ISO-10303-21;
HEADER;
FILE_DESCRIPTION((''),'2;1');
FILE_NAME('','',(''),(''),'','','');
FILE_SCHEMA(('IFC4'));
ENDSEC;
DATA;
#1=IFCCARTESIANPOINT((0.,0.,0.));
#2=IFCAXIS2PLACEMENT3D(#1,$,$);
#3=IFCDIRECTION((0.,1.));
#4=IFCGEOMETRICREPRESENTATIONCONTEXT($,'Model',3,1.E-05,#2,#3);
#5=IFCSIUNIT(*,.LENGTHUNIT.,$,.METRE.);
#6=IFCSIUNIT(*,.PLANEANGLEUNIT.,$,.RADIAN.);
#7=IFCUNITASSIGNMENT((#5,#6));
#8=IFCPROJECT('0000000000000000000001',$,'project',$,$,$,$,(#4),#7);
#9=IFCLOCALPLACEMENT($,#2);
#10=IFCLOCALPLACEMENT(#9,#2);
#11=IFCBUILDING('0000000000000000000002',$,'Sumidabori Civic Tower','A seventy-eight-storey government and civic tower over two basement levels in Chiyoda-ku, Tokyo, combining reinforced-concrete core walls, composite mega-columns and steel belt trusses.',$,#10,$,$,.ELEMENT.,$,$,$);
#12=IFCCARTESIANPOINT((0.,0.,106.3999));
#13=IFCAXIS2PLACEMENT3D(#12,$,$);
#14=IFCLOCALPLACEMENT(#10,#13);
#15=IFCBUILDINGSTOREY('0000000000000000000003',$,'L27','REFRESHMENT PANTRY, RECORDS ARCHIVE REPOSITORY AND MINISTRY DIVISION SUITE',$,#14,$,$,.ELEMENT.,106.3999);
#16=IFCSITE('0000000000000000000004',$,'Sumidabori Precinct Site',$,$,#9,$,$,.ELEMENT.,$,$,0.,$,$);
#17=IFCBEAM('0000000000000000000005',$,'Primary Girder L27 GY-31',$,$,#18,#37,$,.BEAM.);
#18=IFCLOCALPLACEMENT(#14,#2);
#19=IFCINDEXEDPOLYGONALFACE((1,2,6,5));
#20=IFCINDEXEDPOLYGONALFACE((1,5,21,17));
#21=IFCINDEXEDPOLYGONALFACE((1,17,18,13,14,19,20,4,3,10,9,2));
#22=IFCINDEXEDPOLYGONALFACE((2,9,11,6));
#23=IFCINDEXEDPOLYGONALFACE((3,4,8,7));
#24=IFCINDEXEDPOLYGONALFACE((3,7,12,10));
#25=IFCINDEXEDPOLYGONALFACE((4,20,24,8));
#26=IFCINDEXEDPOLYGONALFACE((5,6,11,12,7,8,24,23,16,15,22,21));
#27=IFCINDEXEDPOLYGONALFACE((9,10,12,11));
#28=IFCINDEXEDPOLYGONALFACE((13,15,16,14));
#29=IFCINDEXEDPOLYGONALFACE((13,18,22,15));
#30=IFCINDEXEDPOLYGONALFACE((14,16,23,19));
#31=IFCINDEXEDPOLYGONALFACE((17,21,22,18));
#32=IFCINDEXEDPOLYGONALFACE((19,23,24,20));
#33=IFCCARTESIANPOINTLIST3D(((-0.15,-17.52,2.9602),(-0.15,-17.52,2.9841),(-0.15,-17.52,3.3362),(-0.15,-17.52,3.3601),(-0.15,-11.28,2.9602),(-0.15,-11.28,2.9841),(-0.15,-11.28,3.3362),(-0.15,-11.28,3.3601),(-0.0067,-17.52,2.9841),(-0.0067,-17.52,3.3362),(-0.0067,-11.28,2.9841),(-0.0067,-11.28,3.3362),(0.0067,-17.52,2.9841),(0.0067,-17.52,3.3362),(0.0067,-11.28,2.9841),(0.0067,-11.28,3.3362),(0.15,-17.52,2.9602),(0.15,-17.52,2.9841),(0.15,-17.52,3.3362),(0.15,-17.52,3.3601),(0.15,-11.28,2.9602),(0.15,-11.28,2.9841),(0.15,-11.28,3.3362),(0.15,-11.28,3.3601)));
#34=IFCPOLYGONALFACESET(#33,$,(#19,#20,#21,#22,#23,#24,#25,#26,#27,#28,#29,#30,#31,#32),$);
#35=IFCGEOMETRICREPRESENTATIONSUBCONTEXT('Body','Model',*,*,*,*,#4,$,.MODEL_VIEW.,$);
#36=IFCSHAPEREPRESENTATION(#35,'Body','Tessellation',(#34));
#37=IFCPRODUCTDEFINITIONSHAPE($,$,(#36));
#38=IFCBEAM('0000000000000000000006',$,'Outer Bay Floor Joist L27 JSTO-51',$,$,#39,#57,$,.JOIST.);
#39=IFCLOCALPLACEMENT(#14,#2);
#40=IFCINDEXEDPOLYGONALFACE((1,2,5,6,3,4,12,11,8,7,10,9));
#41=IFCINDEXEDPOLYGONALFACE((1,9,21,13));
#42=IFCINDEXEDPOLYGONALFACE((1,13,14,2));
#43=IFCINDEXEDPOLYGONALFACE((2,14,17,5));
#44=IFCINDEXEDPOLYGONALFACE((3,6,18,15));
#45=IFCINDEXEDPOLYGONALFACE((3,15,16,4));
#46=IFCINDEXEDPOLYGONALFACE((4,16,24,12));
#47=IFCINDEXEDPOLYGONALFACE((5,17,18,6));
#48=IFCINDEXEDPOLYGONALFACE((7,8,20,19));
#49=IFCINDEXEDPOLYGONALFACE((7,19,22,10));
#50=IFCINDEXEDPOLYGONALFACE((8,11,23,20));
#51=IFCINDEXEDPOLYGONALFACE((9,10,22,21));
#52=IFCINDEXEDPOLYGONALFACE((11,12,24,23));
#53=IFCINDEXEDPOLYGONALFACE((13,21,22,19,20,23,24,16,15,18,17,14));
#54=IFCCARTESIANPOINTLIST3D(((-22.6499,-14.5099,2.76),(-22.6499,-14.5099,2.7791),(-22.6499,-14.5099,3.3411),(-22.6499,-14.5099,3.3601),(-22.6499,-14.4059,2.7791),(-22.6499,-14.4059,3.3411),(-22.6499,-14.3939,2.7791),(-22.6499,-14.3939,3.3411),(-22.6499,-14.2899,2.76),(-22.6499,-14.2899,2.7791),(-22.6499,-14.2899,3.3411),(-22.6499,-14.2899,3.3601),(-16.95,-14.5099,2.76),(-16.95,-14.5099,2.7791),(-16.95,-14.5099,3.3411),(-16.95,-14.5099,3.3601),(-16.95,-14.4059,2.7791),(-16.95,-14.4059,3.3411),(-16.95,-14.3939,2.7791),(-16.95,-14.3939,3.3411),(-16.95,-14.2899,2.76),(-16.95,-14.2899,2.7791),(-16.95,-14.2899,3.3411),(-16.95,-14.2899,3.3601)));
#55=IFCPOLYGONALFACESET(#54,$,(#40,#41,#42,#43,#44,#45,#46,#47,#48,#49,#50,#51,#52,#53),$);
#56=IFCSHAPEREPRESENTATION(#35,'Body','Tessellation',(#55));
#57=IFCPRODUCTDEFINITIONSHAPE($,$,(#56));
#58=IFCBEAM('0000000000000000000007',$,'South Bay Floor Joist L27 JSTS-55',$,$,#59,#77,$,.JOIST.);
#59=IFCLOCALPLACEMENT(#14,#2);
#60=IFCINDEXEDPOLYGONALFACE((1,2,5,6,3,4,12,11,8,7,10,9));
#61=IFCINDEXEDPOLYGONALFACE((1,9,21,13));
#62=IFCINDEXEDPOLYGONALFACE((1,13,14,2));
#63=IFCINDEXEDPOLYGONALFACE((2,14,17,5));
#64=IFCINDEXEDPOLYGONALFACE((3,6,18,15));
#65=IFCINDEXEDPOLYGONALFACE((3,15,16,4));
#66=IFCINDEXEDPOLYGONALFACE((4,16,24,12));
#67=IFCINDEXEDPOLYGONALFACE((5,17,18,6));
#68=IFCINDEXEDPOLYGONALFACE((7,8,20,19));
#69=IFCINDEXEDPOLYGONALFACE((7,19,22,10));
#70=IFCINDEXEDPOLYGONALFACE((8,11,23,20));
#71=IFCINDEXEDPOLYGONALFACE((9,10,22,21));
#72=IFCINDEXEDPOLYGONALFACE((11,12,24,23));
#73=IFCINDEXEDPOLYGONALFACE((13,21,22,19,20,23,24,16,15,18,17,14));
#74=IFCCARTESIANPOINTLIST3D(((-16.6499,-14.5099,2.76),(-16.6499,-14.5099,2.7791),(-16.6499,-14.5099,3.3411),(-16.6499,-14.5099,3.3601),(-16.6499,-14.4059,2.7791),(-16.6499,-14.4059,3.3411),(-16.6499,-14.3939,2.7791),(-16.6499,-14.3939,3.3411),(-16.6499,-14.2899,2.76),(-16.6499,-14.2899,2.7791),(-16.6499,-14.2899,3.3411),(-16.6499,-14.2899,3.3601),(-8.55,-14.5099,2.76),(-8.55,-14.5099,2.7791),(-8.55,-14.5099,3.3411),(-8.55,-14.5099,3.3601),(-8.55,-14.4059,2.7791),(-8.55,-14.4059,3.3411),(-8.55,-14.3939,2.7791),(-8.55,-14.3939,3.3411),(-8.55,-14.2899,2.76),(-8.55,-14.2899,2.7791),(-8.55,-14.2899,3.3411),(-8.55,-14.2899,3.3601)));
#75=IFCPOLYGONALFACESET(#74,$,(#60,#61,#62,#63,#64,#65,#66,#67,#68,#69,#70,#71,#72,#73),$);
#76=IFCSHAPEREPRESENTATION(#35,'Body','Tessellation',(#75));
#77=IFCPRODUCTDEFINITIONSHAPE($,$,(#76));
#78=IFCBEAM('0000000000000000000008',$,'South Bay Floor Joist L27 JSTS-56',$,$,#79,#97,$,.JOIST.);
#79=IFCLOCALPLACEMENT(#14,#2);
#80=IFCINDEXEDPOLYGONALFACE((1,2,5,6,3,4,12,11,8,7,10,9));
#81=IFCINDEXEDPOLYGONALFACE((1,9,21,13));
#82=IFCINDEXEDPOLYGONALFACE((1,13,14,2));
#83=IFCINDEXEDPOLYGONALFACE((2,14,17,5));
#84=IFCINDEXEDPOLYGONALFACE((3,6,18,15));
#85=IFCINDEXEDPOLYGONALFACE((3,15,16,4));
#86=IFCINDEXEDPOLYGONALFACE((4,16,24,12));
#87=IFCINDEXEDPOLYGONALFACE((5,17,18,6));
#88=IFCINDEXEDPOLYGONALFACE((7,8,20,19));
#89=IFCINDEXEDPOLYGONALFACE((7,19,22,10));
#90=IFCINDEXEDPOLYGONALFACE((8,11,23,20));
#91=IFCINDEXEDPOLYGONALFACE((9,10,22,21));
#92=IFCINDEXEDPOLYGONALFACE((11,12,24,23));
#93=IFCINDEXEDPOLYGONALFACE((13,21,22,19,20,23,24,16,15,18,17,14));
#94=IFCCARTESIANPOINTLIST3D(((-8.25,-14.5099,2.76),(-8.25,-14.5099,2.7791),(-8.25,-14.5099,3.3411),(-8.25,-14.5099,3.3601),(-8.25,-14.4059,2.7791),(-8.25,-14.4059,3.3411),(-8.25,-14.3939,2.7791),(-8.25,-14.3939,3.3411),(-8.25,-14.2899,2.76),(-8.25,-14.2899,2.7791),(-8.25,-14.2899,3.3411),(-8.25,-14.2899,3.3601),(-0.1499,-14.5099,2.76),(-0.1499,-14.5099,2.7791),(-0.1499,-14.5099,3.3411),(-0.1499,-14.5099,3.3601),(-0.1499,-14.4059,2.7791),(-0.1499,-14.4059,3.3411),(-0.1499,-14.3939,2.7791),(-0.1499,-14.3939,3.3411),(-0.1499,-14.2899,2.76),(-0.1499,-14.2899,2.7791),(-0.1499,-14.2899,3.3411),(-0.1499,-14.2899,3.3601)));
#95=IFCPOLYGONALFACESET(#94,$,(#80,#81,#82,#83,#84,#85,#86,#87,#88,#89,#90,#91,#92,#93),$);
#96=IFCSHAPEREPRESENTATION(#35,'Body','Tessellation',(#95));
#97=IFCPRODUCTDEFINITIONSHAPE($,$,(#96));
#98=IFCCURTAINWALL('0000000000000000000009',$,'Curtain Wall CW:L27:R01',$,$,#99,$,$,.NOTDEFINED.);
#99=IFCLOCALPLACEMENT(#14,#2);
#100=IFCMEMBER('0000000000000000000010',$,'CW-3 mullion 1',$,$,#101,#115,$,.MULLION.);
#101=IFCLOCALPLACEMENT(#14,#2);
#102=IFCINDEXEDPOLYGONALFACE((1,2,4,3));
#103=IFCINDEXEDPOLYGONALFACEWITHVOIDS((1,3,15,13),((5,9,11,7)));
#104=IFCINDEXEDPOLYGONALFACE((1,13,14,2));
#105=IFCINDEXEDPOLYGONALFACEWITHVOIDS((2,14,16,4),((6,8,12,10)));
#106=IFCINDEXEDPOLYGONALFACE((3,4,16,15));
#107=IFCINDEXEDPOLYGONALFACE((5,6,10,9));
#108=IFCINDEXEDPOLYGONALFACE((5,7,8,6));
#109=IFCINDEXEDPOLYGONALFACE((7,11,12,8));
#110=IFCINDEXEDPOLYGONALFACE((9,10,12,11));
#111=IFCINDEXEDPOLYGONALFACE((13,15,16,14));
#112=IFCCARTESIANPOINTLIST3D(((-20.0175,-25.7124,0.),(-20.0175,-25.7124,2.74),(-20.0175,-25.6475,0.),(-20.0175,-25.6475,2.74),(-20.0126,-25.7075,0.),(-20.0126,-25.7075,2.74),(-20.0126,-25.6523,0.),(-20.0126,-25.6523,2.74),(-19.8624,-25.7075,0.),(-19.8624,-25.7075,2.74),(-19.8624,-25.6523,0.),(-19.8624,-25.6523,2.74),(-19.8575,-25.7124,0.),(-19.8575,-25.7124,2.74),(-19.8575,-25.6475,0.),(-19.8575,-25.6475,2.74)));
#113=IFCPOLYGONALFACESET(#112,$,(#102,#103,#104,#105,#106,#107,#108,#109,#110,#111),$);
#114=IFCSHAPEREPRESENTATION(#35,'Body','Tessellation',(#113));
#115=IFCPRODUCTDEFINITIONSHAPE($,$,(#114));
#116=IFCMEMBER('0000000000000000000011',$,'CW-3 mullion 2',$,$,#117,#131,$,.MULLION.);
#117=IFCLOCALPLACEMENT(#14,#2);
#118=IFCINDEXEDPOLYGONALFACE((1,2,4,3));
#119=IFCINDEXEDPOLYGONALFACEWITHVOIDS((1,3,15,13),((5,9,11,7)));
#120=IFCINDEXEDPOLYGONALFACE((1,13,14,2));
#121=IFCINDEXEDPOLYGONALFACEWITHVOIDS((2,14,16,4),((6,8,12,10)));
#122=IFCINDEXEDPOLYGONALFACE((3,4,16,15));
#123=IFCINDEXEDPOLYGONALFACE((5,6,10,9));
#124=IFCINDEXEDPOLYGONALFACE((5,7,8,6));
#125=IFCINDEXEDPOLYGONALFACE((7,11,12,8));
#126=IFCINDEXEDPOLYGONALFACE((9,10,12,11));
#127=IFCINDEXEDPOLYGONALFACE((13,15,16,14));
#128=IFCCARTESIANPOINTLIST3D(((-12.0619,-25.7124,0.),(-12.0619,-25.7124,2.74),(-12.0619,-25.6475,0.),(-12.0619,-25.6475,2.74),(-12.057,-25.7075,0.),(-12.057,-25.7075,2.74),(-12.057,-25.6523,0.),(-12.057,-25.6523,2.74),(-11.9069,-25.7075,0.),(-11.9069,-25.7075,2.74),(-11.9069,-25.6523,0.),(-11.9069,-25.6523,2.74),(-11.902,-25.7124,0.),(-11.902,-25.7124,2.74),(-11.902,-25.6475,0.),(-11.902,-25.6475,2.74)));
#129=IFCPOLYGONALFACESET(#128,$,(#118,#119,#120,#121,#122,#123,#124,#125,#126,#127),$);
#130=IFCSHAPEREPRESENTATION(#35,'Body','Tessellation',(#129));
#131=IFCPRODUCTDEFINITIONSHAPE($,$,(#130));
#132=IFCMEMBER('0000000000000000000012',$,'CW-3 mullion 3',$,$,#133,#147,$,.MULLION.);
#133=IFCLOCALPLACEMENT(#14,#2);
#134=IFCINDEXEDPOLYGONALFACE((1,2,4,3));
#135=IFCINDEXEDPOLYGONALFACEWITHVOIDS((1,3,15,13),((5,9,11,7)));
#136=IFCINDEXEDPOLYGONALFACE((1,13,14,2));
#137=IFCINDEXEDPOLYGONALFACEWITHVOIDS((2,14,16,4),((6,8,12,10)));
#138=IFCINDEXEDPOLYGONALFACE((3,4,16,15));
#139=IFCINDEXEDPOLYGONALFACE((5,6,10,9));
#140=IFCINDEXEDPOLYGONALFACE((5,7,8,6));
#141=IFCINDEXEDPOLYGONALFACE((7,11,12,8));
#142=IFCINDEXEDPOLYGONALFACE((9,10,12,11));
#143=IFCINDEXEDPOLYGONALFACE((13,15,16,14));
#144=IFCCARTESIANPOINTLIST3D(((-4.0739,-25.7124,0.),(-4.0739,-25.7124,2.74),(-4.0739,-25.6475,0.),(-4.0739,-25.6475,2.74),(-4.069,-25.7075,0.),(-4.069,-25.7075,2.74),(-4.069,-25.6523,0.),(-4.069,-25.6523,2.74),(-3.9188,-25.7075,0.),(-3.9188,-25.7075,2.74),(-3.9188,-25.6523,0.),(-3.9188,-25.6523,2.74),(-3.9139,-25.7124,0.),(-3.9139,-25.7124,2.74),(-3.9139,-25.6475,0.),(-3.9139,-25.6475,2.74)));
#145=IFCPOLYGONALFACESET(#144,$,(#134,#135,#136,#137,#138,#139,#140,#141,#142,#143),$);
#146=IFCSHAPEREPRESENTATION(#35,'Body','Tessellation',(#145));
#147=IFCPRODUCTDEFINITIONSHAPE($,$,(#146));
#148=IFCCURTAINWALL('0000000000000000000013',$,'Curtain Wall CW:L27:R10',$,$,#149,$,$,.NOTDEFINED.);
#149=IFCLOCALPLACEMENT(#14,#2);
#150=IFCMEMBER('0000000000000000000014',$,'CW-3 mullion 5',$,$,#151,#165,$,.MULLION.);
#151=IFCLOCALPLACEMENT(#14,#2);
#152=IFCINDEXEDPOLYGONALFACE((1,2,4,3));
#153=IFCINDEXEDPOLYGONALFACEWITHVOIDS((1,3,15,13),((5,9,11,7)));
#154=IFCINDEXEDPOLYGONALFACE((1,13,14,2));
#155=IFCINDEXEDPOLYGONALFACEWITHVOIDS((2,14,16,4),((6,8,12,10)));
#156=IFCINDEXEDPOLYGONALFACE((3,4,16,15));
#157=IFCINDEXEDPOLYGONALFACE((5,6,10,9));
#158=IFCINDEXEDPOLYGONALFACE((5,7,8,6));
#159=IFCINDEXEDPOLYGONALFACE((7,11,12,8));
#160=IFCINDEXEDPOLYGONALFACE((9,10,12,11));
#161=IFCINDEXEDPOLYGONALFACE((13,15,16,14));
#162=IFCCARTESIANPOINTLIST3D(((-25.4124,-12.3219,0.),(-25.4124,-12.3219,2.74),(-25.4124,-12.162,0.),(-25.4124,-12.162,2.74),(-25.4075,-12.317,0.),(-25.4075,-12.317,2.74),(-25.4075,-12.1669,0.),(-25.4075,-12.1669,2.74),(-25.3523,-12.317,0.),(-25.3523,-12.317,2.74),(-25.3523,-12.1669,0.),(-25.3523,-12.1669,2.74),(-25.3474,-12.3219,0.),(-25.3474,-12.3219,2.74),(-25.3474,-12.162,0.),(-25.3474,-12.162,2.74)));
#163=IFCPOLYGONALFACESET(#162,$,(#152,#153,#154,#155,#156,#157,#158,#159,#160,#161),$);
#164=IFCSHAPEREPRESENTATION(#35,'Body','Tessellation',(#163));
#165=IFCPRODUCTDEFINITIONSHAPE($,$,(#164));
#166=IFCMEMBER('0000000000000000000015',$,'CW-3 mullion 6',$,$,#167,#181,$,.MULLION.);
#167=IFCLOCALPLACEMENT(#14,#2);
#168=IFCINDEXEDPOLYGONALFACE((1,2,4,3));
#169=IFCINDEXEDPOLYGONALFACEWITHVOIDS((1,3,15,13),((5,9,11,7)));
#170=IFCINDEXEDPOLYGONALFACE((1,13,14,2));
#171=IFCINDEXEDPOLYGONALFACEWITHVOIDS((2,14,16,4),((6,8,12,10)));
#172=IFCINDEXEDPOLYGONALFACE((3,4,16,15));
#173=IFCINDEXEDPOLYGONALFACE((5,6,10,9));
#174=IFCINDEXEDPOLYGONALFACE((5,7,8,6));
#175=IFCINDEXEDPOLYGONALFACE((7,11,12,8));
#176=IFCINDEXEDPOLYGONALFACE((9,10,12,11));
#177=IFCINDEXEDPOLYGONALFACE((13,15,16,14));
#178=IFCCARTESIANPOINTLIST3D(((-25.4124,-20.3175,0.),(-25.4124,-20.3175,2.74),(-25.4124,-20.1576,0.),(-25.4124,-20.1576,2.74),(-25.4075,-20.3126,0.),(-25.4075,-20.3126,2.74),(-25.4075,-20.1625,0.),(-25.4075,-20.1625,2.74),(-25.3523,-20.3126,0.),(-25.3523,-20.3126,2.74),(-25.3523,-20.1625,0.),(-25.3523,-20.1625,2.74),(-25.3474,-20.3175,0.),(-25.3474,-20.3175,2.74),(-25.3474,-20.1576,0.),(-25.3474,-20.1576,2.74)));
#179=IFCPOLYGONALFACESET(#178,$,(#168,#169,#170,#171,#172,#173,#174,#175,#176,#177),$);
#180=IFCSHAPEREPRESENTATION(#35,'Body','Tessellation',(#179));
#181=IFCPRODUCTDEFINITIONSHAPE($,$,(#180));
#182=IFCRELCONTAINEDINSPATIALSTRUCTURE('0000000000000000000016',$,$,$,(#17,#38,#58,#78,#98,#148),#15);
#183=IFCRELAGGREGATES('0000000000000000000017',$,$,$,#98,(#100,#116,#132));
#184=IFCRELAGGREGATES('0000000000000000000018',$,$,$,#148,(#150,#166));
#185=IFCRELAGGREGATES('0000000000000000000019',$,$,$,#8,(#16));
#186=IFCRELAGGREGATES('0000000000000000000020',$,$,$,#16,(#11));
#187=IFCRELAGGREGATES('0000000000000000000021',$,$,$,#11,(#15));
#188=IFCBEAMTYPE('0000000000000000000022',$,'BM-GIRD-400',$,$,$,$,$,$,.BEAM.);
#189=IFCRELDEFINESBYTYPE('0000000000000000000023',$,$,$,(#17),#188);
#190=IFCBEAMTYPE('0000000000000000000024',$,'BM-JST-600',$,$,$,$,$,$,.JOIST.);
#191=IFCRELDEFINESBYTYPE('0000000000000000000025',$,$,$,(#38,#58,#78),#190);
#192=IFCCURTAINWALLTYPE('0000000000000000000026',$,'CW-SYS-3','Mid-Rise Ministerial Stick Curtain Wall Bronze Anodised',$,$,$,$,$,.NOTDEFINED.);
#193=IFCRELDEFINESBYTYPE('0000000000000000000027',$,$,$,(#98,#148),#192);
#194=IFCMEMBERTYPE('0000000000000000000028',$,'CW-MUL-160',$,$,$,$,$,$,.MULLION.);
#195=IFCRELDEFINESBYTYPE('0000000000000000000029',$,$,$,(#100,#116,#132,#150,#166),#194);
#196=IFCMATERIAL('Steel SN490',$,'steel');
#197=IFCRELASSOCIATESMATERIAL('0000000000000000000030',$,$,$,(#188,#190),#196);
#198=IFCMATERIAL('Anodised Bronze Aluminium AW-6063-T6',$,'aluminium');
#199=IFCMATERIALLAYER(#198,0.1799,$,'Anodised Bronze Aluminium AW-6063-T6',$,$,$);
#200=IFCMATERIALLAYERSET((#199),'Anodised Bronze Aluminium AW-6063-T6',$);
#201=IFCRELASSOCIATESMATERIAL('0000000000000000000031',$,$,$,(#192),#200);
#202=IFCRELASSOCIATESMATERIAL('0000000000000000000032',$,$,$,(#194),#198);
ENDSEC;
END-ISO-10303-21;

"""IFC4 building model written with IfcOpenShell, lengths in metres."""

from ifc_helpers import new_model, si_unit, direction, frame, origin, origin_2d, place, context, subcontext, project, spatial, hollow_rectangle, i_section, extrude, source, transform, mapped, material, layer, layer_set, material_profile, profile_set, type_object, element, aggregate, save


model = new_model("IFC4")

# Units and contexts
model_context = context("Model", 3, precision=1e-05, world=origin(), true_north=direction((0.0, 1.0)))
body_context = subcontext(model_context, "Body", "Model", "MODEL_VIEW")
ifc_project = project(units=[si_unit("LENGTHUNIT", "METRE"), si_unit("PLANEANGLEUNIT", "RADIAN")], contexts=[model_context])

# Site, building, storey
site_placement = place(None, origin())
site = spatial("IfcSite", under=ifc_project, at=site_placement, Name="Sumidabori Precinct Site", CompositionType="ELEMENT", RefElevation=0.0)
building_placement = place(site_placement, origin())
building = spatial("IfcBuilding", under=site, at=building_placement, Name="Sumidabori Civic Tower", Description="A seventy-eight-storey government and civic tower over two basement levels in Chiyoda-ku, Tokyo, combining reinforced-concrete core walls, composite mega-columns and steel belt trusses.", CompositionType="ELEMENT")
storey_placement = place(building_placement, frame((0.0, 0.0, 106.3999)))
storey = spatial("IfcBuildingStorey", under=building, at=storey_placement, Name="L27", Description="REFRESHMENT PANTRY, RECORDS ARCHIVE REPOSITORY AND MINISTRY DIVISION SUITE", CompositionType="ELEMENT", Elevation=106.3999)

# Beams
ifc_material_1 = material(Name="Steel SN490", Category="steel")
ifc_material_profile_1 = material_profile(ifc_material_1, i_section(OverallWidth=0.3, OverallDepth=0.3999, WebThickness=0.0134, FlangeThickness=0.0239, at=origin_2d()), Name="HE 400 B")
ifc_profile_set_1 = profile_set([ifc_material_profile_1], Name="Steel SN490")
beam_type_1 = type_object("IfcBeamType", Name="BM-GIRD-400", PredefinedType="BEAM", material=ifc_profile_set_1)
shared_shape_1 = source(origin(), body_context, "Body", "SweptSolid", [
    extrude(i_section(OverallWidth=0.3, OverallDepth=0.3999, WebThickness=0.0134, FlangeThickness=0.0239, at=origin_2d()), origin(), (0.0, 0.0, 1.0), 6.24),
])
for number, where, z_axis, x_axis, name in (
    (1, (0.0, -17.52, 3.1602), (0.0, 1.0, 0.0), (-1.0, 0.0, 0.0), "Primary Girder L27 GY-31"),
):
    element("IfcBeam", number, at=place(storey_placement, frame(where, z_axis=z_axis, x_axis=x_axis)), inside=storey, type_object=beam_type_1, Name=name, PredefinedType="BEAM", context=body_context, shape_type="MappedRepresentation", body=[
        mapped(shared_shape_1, transform((0.0, 0.0, 0.0), x_axis=(1.0, 0.0, 0.0), y_axis=(0.0, 1.0, 0.0), z_axis=(0.0, 0.0, 1.0), scale=1.0)),
    ])
ifc_material_profile_2 = material_profile(ifc_material_1, i_section(OverallWidth=0.22, OverallDepth=0.6001, WebThickness=0.012, FlangeThickness=0.019, at=origin_2d()), Name="IPE 600")
ifc_profile_set_2 = profile_set([ifc_material_profile_2], Name="Steel SN490")
beam_type_2 = type_object("IfcBeamType", Name="BM-JST-600", PredefinedType="JOIST", material=ifc_profile_set_2)
shared_shape_2 = source(origin(), body_context, "Body", "SweptSolid", [
    extrude(i_section(OverallWidth=0.22, OverallDepth=0.6001, WebThickness=0.012, FlangeThickness=0.019, at=origin_2d()), origin(), (0.0, 0.0, 1.0), 5.7),
])
beam_1_placement = place(storey_placement, frame((-22.6499, -14.3999, 3.0601), z_axis=(1.0, 0.0, 0.0), x_axis=(0.0, 1.0, 0.0)))
element("IfcBeam", 2, at=beam_1_placement, inside=storey, type_object=beam_type_2, Name="Outer Bay Floor Joist L27 JSTO-51", PredefinedType="JOIST", context=body_context, shape_type="MappedRepresentation", body=[
    mapped(shared_shape_2, transform((0.0, 0.0, 0.0), x_axis=(1.0, 0.0, 0.0), y_axis=(0.0, 1.0, 0.0), z_axis=(0.0, 0.0, 1.0), scale=1.0)),
])
shared_shape_3 = source(origin(), body_context, "Body", "SweptSolid", [
    extrude(i_section(OverallWidth=0.22, OverallDepth=0.6001, WebThickness=0.012, FlangeThickness=0.019, at=origin_2d()), origin(), (0.0, 0.0, 1.0), 8.0999),
])
beam_2_placement = place(storey_placement, frame((-16.6499, -14.3999, 3.0601), z_axis=(1.0, 0.0, 0.0), x_axis=(0.0, 1.0, 0.0)))
element("IfcBeam", 3, at=beam_2_placement, inside=storey, type_object=beam_type_2, Name="South Bay Floor Joist L27 JSTS-55", PredefinedType="JOIST", context=body_context, shape_type="MappedRepresentation", body=[
    mapped(shared_shape_3, transform((0.0, 0.0, 0.0), x_axis=(1.0, 0.0, 0.0), y_axis=(0.0, 1.0, 0.0), z_axis=(0.0, 0.0, 1.0), scale=1.0)),
])
shared_shape_4 = source(origin(), body_context, "Body", "SweptSolid", [
    extrude(i_section(OverallWidth=0.22, OverallDepth=0.6001, WebThickness=0.012, FlangeThickness=0.019, at=origin_2d()), origin(), (0.0, 0.0, 1.0), 8.1001),
])
beam_3_placement = place(storey_placement, frame((-8.25, -14.3999, 3.0601), z_axis=(1.0, 0.0, 0.0), x_axis=(0.0, 1.0, 0.0)))
element("IfcBeam", 4, at=beam_3_placement, inside=storey, type_object=beam_type_2, Name="South Bay Floor Joist L27 JSTS-56", PredefinedType="JOIST", context=body_context, shape_type="MappedRepresentation", body=[
    mapped(shared_shape_4, transform((0.0, 0.0, 0.0), x_axis=(1.0, 0.0, 0.0), y_axis=(0.0, 1.0, 0.0), z_axis=(0.0, 0.0, 1.0), scale=1.0)),
])

# Curtain walls, members
ifc_material_2 = material(Name="Anodised Bronze Aluminium AW-6063-T6", Category="aluminium")
ifc_layer_1 = layer(ifc_material_2, 0.1799, Name="Anodised Bronze Aluminium AW-6063-T6")
ifc_layer_set_1 = layer_set([ifc_layer_1], Name="Anodised Bronze Aluminium AW-6063-T6")
curtain_wall_type = type_object("IfcCurtainWallType", Name="CW-SYS-3", Description="Mid-Rise Ministerial Stick Curtain Wall Bronze Anodised", PredefinedType="NOTDEFINED", material=ifc_layer_set_1)
curtain_wall_1_placement = place(storey_placement, origin())
curtain_wall_1 = element("IfcCurtainWall", 5, at=curtain_wall_1_placement, inside=storey, type_object=curtain_wall_type, Name="Curtain Wall CW:L27:R01", PredefinedType="NOTDEFINED")
ifc_material_profile_3 = material_profile(ifc_material_2, hollow_rectangle(XDim=0.0649, YDim=0.1599, WallThickness=0.0049, at=origin_2d()), Name="ALU MULLION 160x65")
ifc_profile_set_3 = profile_set([ifc_material_profile_3], Name="Anodised Bronze Aluminium AW-6063-T6")
member_type_1 = type_object("IfcMemberType", Name="CW-MUL-160", PredefinedType="MULLION", material=ifc_profile_set_3)
shared_shape_5 = source(origin(), body_context, "Body", "SweptSolid", [
    extrude(hollow_rectangle(XDim=0.0649, YDim=0.1599, WallThickness=0.0049, at=origin_2d()), origin(), (0.0, 0.0, 1.0), 2.74),
])
member_1_placement = place(storey_placement, frame((-19.9375, -25.6799, 0.0), z_axis=(0.0, 0.0, 1.0), x_axis=(0.0, 1.0, 0.0)))
member_1 = element("IfcMember", 6, at=member_1_placement, type_object=member_type_1, Name="CW-3 mullion 1", PredefinedType="MULLION", context=body_context, shape_type="MappedRepresentation", body=[
    mapped(shared_shape_5, transform((0.0, 0.0, 0.0), x_axis=(1.0, 0.0, 0.0), y_axis=(0.0, 1.0, 0.0), z_axis=(0.0, 0.0, 1.0), scale=1.0)),
])
member_2_placement = place(storey_placement, frame((-11.9819, -25.6799, 0.0), z_axis=(0.0, 0.0, 1.0), x_axis=(0.0, 1.0, 0.0)))
member_2 = element("IfcMember", 7, at=member_2_placement, type_object=member_type_1, Name="CW-3 mullion 2", PredefinedType="MULLION", context=body_context, shape_type="MappedRepresentation", body=[
    mapped(shared_shape_5, transform((0.0, 0.0, 0.0), x_axis=(1.0, 0.0, 0.0), y_axis=(0.0, 1.0, 0.0), z_axis=(0.0, 0.0, 1.0), scale=1.0)),
])
member_3_placement = place(storey_placement, frame((-3.9939, -25.6799, 0.0), z_axis=(0.0, 0.0, 1.0), x_axis=(0.0, 1.0, 0.0)))
member_3 = element("IfcMember", 8, at=member_3_placement, type_object=member_type_1, Name="CW-3 mullion 3", PredefinedType="MULLION", context=body_context, shape_type="MappedRepresentation", body=[
    mapped(shared_shape_5, transform((0.0, 0.0, 0.0), x_axis=(1.0, 0.0, 0.0), y_axis=(0.0, 1.0, 0.0), z_axis=(0.0, 0.0, 1.0), scale=1.0)),
])
curtain_wall_2_placement = place(storey_placement, origin())
curtain_wall_2 = element("IfcCurtainWall", 9, at=curtain_wall_2_placement, inside=storey, type_object=curtain_wall_type, Name="Curtain Wall CW:L27:R10", PredefinedType="NOTDEFINED")
member_4_placement = place(storey_placement, frame((-25.3799, -12.2419, 0.0), z_axis=(0.0, 0.0, 1.0), x_axis=(1.0, 0.0, 0.0)))
member_4 = element("IfcMember", 10, at=member_4_placement, type_object=member_type_1, Name="CW-3 mullion 5", PredefinedType="MULLION", context=body_context, shape_type="MappedRepresentation", body=[
    mapped(shared_shape_5, transform((0.0, 0.0, 0.0), x_axis=(1.0, 0.0, 0.0), y_axis=(0.0, 1.0, 0.0), z_axis=(0.0, 0.0, 1.0), scale=1.0)),
])
member_5_placement = place(storey_placement, frame((-25.3799, -20.2375, 0.0), z_axis=(0.0, 0.0, 1.0), x_axis=(1.0, 0.0, 0.0)))
member_5 = element("IfcMember", 11, at=member_5_placement, type_object=member_type_1, Name="CW-3 mullion 6", PredefinedType="MULLION", context=body_context, shape_type="MappedRepresentation", body=[
    mapped(shared_shape_5, transform((0.0, 0.0, 0.0), x_axis=(1.0, 0.0, 0.0), y_axis=(0.0, 1.0, 0.0), z_axis=(0.0, 0.0, 1.0), scale=1.0)),
])

aggregate(curtain_wall_1, [member_1, member_2, member_3])
aggregate(curtain_wall_2, [member_4, member_5])

save(model, "model.ifc")
